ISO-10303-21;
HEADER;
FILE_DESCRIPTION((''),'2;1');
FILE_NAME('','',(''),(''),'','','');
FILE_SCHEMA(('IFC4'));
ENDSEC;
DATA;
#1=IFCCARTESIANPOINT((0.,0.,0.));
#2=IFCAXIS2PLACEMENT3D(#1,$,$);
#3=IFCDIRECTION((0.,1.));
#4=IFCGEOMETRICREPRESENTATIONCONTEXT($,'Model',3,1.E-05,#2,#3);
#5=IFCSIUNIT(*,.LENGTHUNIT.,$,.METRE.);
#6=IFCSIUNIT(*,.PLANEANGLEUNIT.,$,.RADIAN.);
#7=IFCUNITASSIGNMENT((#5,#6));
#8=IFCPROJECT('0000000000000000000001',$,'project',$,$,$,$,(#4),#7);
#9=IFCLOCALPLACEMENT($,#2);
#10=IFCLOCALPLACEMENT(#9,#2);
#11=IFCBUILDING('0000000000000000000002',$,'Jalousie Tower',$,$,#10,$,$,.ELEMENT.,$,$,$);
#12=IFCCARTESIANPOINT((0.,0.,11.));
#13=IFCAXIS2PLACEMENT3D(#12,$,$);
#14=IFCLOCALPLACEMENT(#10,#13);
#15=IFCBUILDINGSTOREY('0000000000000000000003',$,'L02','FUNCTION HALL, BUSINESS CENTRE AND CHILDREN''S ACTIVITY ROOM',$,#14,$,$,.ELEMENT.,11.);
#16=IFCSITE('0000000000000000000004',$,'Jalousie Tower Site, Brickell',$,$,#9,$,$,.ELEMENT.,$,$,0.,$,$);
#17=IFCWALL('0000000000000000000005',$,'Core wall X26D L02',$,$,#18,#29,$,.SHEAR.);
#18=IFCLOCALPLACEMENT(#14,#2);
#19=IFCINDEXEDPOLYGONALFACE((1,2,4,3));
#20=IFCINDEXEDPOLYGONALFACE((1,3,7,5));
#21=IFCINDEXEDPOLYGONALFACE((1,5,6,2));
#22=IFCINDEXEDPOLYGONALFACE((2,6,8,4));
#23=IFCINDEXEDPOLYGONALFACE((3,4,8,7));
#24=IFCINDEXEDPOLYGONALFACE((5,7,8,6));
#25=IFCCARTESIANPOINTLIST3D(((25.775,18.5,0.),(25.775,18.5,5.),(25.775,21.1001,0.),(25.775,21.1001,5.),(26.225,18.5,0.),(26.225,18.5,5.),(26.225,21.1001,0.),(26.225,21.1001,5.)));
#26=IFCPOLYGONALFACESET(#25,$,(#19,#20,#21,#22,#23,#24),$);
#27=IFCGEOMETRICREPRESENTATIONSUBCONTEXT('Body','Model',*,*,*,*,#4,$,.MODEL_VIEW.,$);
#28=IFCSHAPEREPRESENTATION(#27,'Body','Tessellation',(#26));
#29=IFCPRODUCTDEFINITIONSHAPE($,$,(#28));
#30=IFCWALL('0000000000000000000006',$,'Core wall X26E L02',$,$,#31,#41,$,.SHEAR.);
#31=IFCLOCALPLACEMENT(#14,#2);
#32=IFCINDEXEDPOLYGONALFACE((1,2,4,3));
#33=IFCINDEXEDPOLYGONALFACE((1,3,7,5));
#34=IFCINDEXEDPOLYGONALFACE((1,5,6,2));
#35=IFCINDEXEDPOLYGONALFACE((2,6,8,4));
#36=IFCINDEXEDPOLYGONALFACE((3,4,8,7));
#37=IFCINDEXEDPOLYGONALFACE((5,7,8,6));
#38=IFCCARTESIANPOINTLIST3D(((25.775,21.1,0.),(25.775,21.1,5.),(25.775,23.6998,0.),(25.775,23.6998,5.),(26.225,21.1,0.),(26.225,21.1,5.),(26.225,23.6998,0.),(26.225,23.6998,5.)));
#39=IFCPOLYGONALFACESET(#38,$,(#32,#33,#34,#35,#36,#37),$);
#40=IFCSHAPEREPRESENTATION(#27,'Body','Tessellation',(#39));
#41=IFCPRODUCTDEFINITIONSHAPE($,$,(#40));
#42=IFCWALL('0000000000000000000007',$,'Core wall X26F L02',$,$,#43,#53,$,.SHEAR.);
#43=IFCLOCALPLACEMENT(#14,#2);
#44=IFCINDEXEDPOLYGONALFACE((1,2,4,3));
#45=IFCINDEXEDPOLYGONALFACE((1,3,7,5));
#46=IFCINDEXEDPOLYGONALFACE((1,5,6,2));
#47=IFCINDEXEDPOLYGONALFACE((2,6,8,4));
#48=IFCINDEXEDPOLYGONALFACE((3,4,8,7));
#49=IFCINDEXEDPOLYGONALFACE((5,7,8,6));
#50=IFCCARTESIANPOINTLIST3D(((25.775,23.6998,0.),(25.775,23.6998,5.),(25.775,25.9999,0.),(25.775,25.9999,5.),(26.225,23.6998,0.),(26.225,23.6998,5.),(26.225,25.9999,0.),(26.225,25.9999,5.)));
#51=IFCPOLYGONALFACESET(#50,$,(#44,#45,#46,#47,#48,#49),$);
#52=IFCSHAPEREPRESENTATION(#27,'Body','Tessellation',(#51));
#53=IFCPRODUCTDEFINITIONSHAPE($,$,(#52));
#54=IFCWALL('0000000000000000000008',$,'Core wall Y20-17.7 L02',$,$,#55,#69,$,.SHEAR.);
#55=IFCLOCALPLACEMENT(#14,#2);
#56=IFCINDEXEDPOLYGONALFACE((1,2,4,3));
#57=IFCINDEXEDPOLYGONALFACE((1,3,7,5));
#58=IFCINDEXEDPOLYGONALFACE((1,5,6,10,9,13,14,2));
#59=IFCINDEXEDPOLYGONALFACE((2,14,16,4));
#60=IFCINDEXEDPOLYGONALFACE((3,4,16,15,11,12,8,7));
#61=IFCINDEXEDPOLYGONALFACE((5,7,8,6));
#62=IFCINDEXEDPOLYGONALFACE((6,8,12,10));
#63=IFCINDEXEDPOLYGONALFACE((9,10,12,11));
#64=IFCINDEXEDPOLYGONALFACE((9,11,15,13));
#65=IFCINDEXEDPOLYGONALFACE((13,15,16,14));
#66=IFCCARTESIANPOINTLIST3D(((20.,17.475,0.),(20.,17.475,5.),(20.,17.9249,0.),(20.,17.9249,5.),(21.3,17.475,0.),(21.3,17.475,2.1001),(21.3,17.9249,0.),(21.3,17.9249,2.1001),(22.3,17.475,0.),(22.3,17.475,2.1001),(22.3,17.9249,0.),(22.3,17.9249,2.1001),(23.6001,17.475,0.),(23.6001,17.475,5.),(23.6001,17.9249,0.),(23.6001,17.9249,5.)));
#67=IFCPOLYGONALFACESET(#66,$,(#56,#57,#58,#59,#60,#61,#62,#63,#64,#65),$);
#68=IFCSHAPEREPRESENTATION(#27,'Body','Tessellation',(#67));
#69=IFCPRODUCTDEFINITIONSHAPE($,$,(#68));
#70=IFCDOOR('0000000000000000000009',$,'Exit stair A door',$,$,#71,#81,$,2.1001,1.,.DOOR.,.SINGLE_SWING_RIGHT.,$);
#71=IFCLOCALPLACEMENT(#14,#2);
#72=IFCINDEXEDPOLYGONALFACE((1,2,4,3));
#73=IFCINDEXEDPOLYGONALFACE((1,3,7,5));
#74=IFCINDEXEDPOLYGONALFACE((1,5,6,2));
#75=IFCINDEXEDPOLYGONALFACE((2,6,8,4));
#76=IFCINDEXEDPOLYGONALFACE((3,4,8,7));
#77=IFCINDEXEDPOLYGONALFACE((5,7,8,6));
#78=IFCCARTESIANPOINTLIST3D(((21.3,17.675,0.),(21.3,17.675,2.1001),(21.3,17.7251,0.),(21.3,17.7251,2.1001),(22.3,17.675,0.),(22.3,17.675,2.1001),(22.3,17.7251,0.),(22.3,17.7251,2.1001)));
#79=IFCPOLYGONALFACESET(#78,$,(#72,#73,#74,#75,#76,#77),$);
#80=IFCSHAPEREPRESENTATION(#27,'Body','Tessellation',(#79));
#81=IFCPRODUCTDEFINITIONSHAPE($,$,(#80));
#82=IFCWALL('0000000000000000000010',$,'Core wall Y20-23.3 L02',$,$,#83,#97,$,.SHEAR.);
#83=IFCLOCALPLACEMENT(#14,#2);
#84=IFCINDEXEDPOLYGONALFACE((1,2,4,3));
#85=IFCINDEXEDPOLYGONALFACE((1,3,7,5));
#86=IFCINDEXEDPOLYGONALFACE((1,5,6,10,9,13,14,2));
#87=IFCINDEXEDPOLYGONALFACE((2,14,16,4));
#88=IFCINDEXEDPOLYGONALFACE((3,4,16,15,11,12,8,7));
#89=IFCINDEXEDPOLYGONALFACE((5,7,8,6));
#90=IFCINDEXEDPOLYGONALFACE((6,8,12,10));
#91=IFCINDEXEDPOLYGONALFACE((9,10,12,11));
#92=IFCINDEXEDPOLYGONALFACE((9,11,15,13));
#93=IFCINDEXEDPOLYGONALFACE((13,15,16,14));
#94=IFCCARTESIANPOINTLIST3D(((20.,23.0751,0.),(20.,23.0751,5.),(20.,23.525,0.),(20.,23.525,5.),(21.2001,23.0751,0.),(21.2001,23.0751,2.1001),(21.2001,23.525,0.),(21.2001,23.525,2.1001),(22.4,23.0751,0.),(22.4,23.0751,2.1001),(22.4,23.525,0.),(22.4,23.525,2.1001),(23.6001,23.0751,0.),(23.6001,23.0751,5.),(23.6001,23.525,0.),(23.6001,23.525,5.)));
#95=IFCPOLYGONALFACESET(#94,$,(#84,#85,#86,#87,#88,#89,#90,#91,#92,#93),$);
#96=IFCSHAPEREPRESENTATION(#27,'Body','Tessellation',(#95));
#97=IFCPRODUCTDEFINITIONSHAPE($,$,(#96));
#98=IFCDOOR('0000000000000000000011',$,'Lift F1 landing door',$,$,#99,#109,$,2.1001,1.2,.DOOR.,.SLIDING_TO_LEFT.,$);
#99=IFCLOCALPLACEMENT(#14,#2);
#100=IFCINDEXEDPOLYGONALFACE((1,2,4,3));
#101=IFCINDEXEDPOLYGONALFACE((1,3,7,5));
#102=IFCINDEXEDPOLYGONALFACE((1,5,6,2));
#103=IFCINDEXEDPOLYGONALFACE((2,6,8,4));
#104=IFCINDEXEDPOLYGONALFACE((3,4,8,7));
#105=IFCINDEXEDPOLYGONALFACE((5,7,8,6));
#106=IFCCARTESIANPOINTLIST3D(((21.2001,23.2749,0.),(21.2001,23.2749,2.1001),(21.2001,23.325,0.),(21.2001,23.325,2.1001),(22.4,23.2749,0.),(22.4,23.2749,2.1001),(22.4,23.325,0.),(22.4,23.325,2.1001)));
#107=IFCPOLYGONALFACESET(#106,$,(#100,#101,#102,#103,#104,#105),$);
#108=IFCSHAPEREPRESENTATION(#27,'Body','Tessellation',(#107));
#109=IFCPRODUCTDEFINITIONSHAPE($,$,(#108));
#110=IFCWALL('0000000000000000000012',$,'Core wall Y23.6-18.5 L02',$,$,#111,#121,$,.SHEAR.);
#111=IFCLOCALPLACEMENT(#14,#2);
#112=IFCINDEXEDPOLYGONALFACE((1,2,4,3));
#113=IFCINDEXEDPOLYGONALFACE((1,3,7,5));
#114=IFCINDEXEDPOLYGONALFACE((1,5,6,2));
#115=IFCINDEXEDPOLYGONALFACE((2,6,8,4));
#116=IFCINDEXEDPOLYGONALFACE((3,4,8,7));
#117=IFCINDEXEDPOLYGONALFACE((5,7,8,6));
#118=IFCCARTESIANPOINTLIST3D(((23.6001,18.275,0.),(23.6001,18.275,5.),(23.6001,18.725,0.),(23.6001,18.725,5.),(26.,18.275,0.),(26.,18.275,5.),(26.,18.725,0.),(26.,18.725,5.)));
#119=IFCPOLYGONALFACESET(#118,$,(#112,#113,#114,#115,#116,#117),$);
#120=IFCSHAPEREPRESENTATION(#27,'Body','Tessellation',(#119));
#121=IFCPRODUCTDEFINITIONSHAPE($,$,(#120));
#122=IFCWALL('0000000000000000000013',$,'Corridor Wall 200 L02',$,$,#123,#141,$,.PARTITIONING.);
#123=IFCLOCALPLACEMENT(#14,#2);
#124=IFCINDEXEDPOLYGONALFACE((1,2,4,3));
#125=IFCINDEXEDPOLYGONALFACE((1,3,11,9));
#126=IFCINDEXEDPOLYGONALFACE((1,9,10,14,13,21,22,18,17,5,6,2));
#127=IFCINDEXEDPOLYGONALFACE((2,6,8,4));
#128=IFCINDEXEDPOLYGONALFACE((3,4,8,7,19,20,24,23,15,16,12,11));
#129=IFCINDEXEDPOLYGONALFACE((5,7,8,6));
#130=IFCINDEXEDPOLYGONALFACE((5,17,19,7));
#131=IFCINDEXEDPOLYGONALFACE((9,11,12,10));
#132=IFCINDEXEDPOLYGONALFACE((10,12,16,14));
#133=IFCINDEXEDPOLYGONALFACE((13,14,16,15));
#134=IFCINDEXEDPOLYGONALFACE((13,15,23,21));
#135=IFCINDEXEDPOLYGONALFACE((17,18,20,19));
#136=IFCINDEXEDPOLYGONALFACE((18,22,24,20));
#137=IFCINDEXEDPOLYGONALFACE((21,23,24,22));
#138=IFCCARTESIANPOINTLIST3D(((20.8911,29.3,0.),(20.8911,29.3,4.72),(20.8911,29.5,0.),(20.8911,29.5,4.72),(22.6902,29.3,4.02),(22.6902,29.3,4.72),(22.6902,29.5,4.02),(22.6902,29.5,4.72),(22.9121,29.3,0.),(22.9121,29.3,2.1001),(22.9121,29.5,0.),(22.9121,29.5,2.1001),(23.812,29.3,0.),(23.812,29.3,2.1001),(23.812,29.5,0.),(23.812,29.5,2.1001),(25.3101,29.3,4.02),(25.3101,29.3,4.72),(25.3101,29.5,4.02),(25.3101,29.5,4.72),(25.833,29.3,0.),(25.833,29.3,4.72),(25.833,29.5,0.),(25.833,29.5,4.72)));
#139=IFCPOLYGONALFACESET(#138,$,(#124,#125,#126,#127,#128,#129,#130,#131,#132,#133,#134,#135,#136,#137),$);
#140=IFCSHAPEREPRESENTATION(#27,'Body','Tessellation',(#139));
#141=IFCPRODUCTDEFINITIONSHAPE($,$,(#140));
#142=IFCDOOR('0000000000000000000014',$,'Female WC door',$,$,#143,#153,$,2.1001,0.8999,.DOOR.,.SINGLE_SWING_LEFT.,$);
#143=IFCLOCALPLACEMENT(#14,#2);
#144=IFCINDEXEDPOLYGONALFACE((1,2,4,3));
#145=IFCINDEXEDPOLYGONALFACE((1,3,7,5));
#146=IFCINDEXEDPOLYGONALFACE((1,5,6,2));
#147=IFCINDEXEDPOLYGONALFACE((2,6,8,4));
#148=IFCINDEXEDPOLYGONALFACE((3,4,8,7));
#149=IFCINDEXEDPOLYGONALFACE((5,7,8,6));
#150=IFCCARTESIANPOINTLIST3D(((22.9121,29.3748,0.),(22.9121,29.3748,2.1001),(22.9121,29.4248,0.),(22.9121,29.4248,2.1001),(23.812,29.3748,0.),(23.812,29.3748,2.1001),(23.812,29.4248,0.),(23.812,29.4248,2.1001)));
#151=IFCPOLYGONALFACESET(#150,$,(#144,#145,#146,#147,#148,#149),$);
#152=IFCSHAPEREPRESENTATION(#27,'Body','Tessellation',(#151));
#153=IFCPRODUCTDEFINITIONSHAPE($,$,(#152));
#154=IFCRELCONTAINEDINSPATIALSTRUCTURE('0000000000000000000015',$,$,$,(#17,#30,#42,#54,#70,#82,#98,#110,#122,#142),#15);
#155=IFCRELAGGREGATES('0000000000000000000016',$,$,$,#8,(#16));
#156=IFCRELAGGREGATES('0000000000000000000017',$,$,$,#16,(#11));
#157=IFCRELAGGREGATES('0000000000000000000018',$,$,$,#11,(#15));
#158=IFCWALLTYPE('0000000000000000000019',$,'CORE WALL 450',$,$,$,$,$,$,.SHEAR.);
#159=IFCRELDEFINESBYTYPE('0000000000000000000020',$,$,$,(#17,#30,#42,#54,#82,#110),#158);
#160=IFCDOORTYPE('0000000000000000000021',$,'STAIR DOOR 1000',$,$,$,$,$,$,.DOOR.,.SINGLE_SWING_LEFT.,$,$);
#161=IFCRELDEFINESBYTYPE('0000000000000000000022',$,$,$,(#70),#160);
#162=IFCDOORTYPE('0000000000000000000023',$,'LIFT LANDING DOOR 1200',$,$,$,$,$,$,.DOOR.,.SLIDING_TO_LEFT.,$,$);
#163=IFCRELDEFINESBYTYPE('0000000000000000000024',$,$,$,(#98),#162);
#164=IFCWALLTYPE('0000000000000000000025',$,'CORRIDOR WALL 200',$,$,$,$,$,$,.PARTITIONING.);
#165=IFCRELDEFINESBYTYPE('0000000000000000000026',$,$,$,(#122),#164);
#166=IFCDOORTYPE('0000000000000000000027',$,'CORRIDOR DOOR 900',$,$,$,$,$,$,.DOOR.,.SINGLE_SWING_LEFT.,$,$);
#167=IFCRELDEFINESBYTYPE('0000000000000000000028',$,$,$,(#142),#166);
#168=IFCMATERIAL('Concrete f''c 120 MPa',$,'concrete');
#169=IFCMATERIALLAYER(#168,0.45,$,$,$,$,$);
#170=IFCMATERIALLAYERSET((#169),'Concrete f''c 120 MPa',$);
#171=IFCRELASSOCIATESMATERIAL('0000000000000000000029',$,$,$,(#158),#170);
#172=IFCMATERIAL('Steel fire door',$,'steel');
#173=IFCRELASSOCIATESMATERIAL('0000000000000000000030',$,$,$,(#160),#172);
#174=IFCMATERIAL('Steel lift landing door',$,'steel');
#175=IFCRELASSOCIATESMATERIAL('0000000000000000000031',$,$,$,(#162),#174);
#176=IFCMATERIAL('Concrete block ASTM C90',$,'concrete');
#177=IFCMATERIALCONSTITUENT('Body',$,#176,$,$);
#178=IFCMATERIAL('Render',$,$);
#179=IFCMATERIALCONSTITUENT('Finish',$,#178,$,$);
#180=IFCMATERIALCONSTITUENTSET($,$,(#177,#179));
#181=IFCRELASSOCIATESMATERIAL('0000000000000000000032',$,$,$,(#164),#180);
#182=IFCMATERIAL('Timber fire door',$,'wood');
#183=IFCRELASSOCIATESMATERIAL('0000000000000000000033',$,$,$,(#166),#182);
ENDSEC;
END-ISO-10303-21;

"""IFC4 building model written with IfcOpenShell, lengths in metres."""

from ifc_helpers import new_model, si_unit, direction, frame, frame_2d, origin, place, context, subcontext, project, spatial, polyline, rectangle, outline, extrude, material, layer, layer_set, constituent, constituent_set, type_object, element, fill, save


model = new_model("IFC4")

# Units and contexts
model_context = context("Model", 3, precision=1e-05, world=origin(), true_north=direction((0.0, 1.0)))
body_context = subcontext(model_context, "Body", "Model", "MODEL_VIEW")
ifc_project = project(units=[si_unit("LENGTHUNIT", "METRE"), si_unit("PLANEANGLEUNIT", "RADIAN")], contexts=[model_context])

# Site, building, storey
site_placement = place(None, origin())
site = spatial("IfcSite", under=ifc_project, at=site_placement, Name="Jalousie Tower Site, Brickell", CompositionType="ELEMENT", RefElevation=0.0)
building_placement = place(site_placement, origin())
building = spatial("IfcBuilding", under=site, at=building_placement, Name="Jalousie Tower", CompositionType="ELEMENT")
storey_placement = place(building_placement, frame((0.0, 0.0, 11.0)))
storey = spatial("IfcBuildingStorey", under=building, at=storey_placement, Name="L02", Description="FUNCTION HALL, BUSINESS CENTRE AND CHILDREN'S ACTIVITY ROOM", CompositionType="ELEMENT", Elevation=11.0)

# Walls
ifc_material_1 = material(Name="Concrete f'c 120 MPa", Category="concrete")
ifc_layer_1 = layer(ifc_material_1, 0.45)
ifc_layer_set_1 = layer_set([ifc_layer_1], Name="Concrete f'c 120 MPa")
wall_type_1 = type_object("IfcWallType", Name="CORE WALL 450", PredefinedType="SHEAR", material=ifc_layer_set_1)
wall_1_placement = place(storey_placement, frame((26.0, 18.5, 0.0), z_axis=(0.0, 0.0, 1.0), x_axis=(0.0, 1.0, 0.0)))
element("IfcWall", 1, at=wall_1_placement, inside=storey, type_object=wall_type_1, Name="Core wall X26D L02", PredefinedType="SHEAR", context=body_context, shape_type="SweptSolid", body=[
    extrude(rectangle(XDim=2.6001, YDim=0.45, at=frame_2d((1.3, 0.0))), origin(), (0.0, 0.0, 1.0), 5.0),
])
wall_2_placement = place(storey_placement, frame((26.0, 21.1001, 0.0), z_axis=(0.0, 0.0, 1.0), x_axis=(0.0, 1.0, 0.0)))
element("IfcWall", 2, at=wall_2_placement, inside=storey, type_object=wall_type_1, Name="Core wall X26E L02", PredefinedType="SHEAR", context=body_context, shape_type="SweptSolid", body=[
    extrude(rectangle(XDim=2.5999, YDim=0.45, at=frame_2d((1.2998, 0.0))), origin(), (0.0, 0.0, 1.0), 5.0),
])
wall_3_placement = place(storey_placement, frame((26.0, 23.7, 0.0), z_axis=(0.0, 0.0, 1.0), x_axis=(0.0, 1.0, 0.0)))
element("IfcWall", 3, at=wall_3_placement, inside=storey, type_object=wall_type_1, Name="Core wall X26F L02", PredefinedType="SHEAR", context=body_context, shape_type="SweptSolid", body=[
    extrude(rectangle(XDim=2.3, YDim=0.45, at=frame_2d((1.1499, 0.0))), origin(), (0.0, 0.0, 1.0), 5.0),
])

# Walls, openings, doors
wall_4_placement = place(storey_placement, frame((20.0, 17.7, 0.0), z_axis=(0.0, 0.0, 1.0), x_axis=(1.0, 0.0, 0.0)))
wall_4 = element("IfcWall", 4, at=wall_4_placement, inside=storey, type_object=wall_type_1, Name="Core wall Y20-17.7 L02", PredefinedType="SHEAR", context=body_context, shape_type="SweptSolid", body=[
    extrude(rectangle(XDim=3.6001, YDim=0.45, at=frame_2d((1.8, 0.0))), origin(), (0.0, 0.0, 1.0), 5.0),
])
opening_1_placement = place(wall_4_placement, frame((1.3, 0.0, 0.0)))
opening_1 = element("IfcOpeningElement", 5, at=opening_1_placement, cuts=wall_4, PredefinedType="OPENING", context=body_context, shape_type="SweptSolid", body=[
    extrude(rectangle(XDim=1.0, YDim=2.1001, at=frame_2d((0.5, 1.05))), frame((0.0, 0.2349, 0.0), z_axis=(0.0, -1.0, 0.0), x_axis=(1.0, 0.0, 0.0)), (0.0, 0.0, 1.0), 0.47),
])
ifc_material_2 = material(Name="Steel fire door", Category="steel")
door_type_1 = type_object("IfcDoorType", Name="STAIR DOOR 1000", OperationType="SINGLE_SWING_LEFT", PredefinedType="DOOR", material=ifc_material_2)
door_1_placement = place(opening_1_placement, frame((1.0, 0.0, 0.0), z_axis=(0.0, 0.0, 1.0), x_axis=(-1.0, 0.0, 0.0)))
door_1 = element("IfcDoor", 6, at=door_1_placement, inside=storey, type_object=door_type_1, Name="Exit stair A door", OperationType="SINGLE_SWING_RIGHT", OverallHeight=2.1001, OverallWidth=1.0, PredefinedType="DOOR", context=body_context, shape_type="SweptSolid", body=[
    extrude(rectangle(XDim=1.0, YDim=2.1001, at=frame_2d((0.5, 1.05))), frame((0.0, 0.0249, 0.0), z_axis=(0.0, -1.0, 0.0), x_axis=(1.0, 0.0, 0.0)), (0.0, 0.0, 1.0), 0.05),
])
fill(opening_1, door_1)
wall_5_placement = place(storey_placement, frame((20.0, 23.3, 0.0), z_axis=(0.0, 0.0, 1.0), x_axis=(1.0, 0.0, 0.0)))
wall_5 = element("IfcWall", 7, at=wall_5_placement, inside=storey, type_object=wall_type_1, Name="Core wall Y20-23.3 L02", PredefinedType="SHEAR", context=body_context, shape_type="SweptSolid", body=[
    extrude(rectangle(XDim=3.6001, YDim=0.45, at=frame_2d((1.8, 0.0))), origin(), (0.0, 0.0, 1.0), 5.0),
])
opening_2_placement = place(wall_5_placement, frame((1.2, 0.0, 0.0)))
opening_2 = element("IfcOpeningElement", 8, at=opening_2_placement, cuts=wall_5, PredefinedType="OPENING", context=body_context, shape_type="SweptSolid", body=[
    extrude(rectangle(XDim=1.2, YDim=2.1001, at=frame_2d((0.6001, 1.05))), frame((0.0, 0.2349, 0.0), z_axis=(0.0, -1.0, 0.0), x_axis=(1.0, 0.0, 0.0)), (0.0, 0.0, 1.0), 0.47),
])
ifc_material_3 = material(Name="Steel lift landing door", Category="steel")
door_type_2 = type_object("IfcDoorType", Name="LIFT LANDING DOOR 1200", OperationType="SLIDING_TO_LEFT", PredefinedType="DOOR", material=ifc_material_3)
door_2_placement = place(opening_2_placement, origin())
door_2 = element("IfcDoor", 9, at=door_2_placement, inside=storey, type_object=door_type_2, Name="Lift F1 landing door", OperationType="SLIDING_TO_LEFT", OverallHeight=2.1001, OverallWidth=1.2, PredefinedType="DOOR", context=body_context, shape_type="SweptSolid", body=[
    extrude(rectangle(XDim=1.2, YDim=2.1001, at=frame_2d((0.6001, 1.05))), frame((0.0, 0.0249, 0.0), z_axis=(0.0, -1.0, 0.0), x_axis=(1.0, 0.0, 0.0)), (0.0, 0.0, 1.0), 0.05),
])
fill(opening_2, door_2)

# Wall
wall_6_placement = place(storey_placement, frame((23.6001, 18.5, 0.0), z_axis=(0.0, 0.0, 1.0), x_axis=(1.0, 0.0, 0.0)))
element("IfcWall", 10, at=wall_6_placement, inside=storey, type_object=wall_type_1, Name="Core wall Y23.6-18.5 L02", PredefinedType="SHEAR", context=body_context, shape_type="SweptSolid", body=[
    extrude(rectangle(XDim=2.3999, YDim=0.45, at=frame_2d((1.2, 0.0))), origin(), (0.0, 0.0, 1.0), 5.0),
])

# Wall, opening, door
ifc_material_4 = material(Name="Concrete block ASTM C90", Category="concrete")
ifc_constituent_1 = constituent(ifc_material_4, Name="Body")
ifc_material_5 = material(Name="Render")
ifc_constituent_2 = constituent(ifc_material_5, Name="Finish")
ifc_constituent_set_1 = constituent_set(constituents=[ifc_constituent_1, ifc_constituent_2])
wall_type_2 = type_object("IfcWallType", Name="CORRIDOR WALL 200", PredefinedType="PARTITIONING", material=ifc_constituent_set_1)
wall_7_placement = place(storey_placement, frame((20.8911, 29.3999, 0.0), z_axis=(0.0, 0.0, 1.0), x_axis=(1.0, 0.0, 0.0)))
wall_7 = element("IfcWall", 11, at=wall_7_placement, inside=storey, type_object=wall_type_2, Name="Corridor Wall 200 L02", PredefinedType="PARTITIONING", context=body_context, shape_type="SweptSolid", body=[
    extrude(outline(polyline([(0.0, 0.0), (4.9419, 0.0), (4.9419, 4.72), (4.4189, 4.72), (4.4189, 4.02), (1.7991, 4.02), (1.7991, 4.72), (0.0, 4.72), (0.0, 0.0)])), frame((0.0, 0.1001, 0.0), z_axis=(0.0, -1.0, 0.0), x_axis=(1.0, 0.0, 0.0)), (0.0, 0.0, 1.0), 0.2),
])
opening_3_placement = place(wall_7_placement, frame((2.021, 0.0, 0.0)))
opening_3 = element("IfcOpeningElement", 12, at=opening_3_placement, cuts=wall_7, PredefinedType="OPENING", context=body_context, shape_type="SweptSolid", body=[
    extrude(rectangle(XDim=0.8999, YDim=2.1001, at=frame_2d((0.45, 1.05))), frame((0.0, 0.1099, 0.0), z_axis=(0.0, -1.0, 0.0), x_axis=(1.0, 0.0, 0.0)), (0.0, 0.0, 1.0), 0.22),
])
ifc_material_6 = material(Name="Timber fire door", Category="wood")
door_type_3 = type_object("IfcDoorType", Name="CORRIDOR DOOR 900", OperationType="SINGLE_SWING_LEFT", PredefinedType="DOOR", material=ifc_material_6)
door_3_placement = place(opening_3_placement, origin())
door_3 = element("IfcDoor", 13, at=door_3_placement, inside=storey, type_object=door_type_3, Name="Female WC door", OperationType="SINGLE_SWING_LEFT", OverallHeight=2.1001, OverallWidth=0.8999, PredefinedType="DOOR", context=body_context, shape_type="SweptSolid", body=[
    extrude(rectangle(XDim=0.8999, YDim=2.1001, at=frame_2d((0.45, 1.05))), frame((0.0, 0.0249, 0.0), z_axis=(0.0, -1.0, 0.0), x_axis=(1.0, 0.0, 0.0)), (0.0, 0.0, 1.0), 0.05),
])
fill(opening_3, door_3)

save(model, "model.ifc")
